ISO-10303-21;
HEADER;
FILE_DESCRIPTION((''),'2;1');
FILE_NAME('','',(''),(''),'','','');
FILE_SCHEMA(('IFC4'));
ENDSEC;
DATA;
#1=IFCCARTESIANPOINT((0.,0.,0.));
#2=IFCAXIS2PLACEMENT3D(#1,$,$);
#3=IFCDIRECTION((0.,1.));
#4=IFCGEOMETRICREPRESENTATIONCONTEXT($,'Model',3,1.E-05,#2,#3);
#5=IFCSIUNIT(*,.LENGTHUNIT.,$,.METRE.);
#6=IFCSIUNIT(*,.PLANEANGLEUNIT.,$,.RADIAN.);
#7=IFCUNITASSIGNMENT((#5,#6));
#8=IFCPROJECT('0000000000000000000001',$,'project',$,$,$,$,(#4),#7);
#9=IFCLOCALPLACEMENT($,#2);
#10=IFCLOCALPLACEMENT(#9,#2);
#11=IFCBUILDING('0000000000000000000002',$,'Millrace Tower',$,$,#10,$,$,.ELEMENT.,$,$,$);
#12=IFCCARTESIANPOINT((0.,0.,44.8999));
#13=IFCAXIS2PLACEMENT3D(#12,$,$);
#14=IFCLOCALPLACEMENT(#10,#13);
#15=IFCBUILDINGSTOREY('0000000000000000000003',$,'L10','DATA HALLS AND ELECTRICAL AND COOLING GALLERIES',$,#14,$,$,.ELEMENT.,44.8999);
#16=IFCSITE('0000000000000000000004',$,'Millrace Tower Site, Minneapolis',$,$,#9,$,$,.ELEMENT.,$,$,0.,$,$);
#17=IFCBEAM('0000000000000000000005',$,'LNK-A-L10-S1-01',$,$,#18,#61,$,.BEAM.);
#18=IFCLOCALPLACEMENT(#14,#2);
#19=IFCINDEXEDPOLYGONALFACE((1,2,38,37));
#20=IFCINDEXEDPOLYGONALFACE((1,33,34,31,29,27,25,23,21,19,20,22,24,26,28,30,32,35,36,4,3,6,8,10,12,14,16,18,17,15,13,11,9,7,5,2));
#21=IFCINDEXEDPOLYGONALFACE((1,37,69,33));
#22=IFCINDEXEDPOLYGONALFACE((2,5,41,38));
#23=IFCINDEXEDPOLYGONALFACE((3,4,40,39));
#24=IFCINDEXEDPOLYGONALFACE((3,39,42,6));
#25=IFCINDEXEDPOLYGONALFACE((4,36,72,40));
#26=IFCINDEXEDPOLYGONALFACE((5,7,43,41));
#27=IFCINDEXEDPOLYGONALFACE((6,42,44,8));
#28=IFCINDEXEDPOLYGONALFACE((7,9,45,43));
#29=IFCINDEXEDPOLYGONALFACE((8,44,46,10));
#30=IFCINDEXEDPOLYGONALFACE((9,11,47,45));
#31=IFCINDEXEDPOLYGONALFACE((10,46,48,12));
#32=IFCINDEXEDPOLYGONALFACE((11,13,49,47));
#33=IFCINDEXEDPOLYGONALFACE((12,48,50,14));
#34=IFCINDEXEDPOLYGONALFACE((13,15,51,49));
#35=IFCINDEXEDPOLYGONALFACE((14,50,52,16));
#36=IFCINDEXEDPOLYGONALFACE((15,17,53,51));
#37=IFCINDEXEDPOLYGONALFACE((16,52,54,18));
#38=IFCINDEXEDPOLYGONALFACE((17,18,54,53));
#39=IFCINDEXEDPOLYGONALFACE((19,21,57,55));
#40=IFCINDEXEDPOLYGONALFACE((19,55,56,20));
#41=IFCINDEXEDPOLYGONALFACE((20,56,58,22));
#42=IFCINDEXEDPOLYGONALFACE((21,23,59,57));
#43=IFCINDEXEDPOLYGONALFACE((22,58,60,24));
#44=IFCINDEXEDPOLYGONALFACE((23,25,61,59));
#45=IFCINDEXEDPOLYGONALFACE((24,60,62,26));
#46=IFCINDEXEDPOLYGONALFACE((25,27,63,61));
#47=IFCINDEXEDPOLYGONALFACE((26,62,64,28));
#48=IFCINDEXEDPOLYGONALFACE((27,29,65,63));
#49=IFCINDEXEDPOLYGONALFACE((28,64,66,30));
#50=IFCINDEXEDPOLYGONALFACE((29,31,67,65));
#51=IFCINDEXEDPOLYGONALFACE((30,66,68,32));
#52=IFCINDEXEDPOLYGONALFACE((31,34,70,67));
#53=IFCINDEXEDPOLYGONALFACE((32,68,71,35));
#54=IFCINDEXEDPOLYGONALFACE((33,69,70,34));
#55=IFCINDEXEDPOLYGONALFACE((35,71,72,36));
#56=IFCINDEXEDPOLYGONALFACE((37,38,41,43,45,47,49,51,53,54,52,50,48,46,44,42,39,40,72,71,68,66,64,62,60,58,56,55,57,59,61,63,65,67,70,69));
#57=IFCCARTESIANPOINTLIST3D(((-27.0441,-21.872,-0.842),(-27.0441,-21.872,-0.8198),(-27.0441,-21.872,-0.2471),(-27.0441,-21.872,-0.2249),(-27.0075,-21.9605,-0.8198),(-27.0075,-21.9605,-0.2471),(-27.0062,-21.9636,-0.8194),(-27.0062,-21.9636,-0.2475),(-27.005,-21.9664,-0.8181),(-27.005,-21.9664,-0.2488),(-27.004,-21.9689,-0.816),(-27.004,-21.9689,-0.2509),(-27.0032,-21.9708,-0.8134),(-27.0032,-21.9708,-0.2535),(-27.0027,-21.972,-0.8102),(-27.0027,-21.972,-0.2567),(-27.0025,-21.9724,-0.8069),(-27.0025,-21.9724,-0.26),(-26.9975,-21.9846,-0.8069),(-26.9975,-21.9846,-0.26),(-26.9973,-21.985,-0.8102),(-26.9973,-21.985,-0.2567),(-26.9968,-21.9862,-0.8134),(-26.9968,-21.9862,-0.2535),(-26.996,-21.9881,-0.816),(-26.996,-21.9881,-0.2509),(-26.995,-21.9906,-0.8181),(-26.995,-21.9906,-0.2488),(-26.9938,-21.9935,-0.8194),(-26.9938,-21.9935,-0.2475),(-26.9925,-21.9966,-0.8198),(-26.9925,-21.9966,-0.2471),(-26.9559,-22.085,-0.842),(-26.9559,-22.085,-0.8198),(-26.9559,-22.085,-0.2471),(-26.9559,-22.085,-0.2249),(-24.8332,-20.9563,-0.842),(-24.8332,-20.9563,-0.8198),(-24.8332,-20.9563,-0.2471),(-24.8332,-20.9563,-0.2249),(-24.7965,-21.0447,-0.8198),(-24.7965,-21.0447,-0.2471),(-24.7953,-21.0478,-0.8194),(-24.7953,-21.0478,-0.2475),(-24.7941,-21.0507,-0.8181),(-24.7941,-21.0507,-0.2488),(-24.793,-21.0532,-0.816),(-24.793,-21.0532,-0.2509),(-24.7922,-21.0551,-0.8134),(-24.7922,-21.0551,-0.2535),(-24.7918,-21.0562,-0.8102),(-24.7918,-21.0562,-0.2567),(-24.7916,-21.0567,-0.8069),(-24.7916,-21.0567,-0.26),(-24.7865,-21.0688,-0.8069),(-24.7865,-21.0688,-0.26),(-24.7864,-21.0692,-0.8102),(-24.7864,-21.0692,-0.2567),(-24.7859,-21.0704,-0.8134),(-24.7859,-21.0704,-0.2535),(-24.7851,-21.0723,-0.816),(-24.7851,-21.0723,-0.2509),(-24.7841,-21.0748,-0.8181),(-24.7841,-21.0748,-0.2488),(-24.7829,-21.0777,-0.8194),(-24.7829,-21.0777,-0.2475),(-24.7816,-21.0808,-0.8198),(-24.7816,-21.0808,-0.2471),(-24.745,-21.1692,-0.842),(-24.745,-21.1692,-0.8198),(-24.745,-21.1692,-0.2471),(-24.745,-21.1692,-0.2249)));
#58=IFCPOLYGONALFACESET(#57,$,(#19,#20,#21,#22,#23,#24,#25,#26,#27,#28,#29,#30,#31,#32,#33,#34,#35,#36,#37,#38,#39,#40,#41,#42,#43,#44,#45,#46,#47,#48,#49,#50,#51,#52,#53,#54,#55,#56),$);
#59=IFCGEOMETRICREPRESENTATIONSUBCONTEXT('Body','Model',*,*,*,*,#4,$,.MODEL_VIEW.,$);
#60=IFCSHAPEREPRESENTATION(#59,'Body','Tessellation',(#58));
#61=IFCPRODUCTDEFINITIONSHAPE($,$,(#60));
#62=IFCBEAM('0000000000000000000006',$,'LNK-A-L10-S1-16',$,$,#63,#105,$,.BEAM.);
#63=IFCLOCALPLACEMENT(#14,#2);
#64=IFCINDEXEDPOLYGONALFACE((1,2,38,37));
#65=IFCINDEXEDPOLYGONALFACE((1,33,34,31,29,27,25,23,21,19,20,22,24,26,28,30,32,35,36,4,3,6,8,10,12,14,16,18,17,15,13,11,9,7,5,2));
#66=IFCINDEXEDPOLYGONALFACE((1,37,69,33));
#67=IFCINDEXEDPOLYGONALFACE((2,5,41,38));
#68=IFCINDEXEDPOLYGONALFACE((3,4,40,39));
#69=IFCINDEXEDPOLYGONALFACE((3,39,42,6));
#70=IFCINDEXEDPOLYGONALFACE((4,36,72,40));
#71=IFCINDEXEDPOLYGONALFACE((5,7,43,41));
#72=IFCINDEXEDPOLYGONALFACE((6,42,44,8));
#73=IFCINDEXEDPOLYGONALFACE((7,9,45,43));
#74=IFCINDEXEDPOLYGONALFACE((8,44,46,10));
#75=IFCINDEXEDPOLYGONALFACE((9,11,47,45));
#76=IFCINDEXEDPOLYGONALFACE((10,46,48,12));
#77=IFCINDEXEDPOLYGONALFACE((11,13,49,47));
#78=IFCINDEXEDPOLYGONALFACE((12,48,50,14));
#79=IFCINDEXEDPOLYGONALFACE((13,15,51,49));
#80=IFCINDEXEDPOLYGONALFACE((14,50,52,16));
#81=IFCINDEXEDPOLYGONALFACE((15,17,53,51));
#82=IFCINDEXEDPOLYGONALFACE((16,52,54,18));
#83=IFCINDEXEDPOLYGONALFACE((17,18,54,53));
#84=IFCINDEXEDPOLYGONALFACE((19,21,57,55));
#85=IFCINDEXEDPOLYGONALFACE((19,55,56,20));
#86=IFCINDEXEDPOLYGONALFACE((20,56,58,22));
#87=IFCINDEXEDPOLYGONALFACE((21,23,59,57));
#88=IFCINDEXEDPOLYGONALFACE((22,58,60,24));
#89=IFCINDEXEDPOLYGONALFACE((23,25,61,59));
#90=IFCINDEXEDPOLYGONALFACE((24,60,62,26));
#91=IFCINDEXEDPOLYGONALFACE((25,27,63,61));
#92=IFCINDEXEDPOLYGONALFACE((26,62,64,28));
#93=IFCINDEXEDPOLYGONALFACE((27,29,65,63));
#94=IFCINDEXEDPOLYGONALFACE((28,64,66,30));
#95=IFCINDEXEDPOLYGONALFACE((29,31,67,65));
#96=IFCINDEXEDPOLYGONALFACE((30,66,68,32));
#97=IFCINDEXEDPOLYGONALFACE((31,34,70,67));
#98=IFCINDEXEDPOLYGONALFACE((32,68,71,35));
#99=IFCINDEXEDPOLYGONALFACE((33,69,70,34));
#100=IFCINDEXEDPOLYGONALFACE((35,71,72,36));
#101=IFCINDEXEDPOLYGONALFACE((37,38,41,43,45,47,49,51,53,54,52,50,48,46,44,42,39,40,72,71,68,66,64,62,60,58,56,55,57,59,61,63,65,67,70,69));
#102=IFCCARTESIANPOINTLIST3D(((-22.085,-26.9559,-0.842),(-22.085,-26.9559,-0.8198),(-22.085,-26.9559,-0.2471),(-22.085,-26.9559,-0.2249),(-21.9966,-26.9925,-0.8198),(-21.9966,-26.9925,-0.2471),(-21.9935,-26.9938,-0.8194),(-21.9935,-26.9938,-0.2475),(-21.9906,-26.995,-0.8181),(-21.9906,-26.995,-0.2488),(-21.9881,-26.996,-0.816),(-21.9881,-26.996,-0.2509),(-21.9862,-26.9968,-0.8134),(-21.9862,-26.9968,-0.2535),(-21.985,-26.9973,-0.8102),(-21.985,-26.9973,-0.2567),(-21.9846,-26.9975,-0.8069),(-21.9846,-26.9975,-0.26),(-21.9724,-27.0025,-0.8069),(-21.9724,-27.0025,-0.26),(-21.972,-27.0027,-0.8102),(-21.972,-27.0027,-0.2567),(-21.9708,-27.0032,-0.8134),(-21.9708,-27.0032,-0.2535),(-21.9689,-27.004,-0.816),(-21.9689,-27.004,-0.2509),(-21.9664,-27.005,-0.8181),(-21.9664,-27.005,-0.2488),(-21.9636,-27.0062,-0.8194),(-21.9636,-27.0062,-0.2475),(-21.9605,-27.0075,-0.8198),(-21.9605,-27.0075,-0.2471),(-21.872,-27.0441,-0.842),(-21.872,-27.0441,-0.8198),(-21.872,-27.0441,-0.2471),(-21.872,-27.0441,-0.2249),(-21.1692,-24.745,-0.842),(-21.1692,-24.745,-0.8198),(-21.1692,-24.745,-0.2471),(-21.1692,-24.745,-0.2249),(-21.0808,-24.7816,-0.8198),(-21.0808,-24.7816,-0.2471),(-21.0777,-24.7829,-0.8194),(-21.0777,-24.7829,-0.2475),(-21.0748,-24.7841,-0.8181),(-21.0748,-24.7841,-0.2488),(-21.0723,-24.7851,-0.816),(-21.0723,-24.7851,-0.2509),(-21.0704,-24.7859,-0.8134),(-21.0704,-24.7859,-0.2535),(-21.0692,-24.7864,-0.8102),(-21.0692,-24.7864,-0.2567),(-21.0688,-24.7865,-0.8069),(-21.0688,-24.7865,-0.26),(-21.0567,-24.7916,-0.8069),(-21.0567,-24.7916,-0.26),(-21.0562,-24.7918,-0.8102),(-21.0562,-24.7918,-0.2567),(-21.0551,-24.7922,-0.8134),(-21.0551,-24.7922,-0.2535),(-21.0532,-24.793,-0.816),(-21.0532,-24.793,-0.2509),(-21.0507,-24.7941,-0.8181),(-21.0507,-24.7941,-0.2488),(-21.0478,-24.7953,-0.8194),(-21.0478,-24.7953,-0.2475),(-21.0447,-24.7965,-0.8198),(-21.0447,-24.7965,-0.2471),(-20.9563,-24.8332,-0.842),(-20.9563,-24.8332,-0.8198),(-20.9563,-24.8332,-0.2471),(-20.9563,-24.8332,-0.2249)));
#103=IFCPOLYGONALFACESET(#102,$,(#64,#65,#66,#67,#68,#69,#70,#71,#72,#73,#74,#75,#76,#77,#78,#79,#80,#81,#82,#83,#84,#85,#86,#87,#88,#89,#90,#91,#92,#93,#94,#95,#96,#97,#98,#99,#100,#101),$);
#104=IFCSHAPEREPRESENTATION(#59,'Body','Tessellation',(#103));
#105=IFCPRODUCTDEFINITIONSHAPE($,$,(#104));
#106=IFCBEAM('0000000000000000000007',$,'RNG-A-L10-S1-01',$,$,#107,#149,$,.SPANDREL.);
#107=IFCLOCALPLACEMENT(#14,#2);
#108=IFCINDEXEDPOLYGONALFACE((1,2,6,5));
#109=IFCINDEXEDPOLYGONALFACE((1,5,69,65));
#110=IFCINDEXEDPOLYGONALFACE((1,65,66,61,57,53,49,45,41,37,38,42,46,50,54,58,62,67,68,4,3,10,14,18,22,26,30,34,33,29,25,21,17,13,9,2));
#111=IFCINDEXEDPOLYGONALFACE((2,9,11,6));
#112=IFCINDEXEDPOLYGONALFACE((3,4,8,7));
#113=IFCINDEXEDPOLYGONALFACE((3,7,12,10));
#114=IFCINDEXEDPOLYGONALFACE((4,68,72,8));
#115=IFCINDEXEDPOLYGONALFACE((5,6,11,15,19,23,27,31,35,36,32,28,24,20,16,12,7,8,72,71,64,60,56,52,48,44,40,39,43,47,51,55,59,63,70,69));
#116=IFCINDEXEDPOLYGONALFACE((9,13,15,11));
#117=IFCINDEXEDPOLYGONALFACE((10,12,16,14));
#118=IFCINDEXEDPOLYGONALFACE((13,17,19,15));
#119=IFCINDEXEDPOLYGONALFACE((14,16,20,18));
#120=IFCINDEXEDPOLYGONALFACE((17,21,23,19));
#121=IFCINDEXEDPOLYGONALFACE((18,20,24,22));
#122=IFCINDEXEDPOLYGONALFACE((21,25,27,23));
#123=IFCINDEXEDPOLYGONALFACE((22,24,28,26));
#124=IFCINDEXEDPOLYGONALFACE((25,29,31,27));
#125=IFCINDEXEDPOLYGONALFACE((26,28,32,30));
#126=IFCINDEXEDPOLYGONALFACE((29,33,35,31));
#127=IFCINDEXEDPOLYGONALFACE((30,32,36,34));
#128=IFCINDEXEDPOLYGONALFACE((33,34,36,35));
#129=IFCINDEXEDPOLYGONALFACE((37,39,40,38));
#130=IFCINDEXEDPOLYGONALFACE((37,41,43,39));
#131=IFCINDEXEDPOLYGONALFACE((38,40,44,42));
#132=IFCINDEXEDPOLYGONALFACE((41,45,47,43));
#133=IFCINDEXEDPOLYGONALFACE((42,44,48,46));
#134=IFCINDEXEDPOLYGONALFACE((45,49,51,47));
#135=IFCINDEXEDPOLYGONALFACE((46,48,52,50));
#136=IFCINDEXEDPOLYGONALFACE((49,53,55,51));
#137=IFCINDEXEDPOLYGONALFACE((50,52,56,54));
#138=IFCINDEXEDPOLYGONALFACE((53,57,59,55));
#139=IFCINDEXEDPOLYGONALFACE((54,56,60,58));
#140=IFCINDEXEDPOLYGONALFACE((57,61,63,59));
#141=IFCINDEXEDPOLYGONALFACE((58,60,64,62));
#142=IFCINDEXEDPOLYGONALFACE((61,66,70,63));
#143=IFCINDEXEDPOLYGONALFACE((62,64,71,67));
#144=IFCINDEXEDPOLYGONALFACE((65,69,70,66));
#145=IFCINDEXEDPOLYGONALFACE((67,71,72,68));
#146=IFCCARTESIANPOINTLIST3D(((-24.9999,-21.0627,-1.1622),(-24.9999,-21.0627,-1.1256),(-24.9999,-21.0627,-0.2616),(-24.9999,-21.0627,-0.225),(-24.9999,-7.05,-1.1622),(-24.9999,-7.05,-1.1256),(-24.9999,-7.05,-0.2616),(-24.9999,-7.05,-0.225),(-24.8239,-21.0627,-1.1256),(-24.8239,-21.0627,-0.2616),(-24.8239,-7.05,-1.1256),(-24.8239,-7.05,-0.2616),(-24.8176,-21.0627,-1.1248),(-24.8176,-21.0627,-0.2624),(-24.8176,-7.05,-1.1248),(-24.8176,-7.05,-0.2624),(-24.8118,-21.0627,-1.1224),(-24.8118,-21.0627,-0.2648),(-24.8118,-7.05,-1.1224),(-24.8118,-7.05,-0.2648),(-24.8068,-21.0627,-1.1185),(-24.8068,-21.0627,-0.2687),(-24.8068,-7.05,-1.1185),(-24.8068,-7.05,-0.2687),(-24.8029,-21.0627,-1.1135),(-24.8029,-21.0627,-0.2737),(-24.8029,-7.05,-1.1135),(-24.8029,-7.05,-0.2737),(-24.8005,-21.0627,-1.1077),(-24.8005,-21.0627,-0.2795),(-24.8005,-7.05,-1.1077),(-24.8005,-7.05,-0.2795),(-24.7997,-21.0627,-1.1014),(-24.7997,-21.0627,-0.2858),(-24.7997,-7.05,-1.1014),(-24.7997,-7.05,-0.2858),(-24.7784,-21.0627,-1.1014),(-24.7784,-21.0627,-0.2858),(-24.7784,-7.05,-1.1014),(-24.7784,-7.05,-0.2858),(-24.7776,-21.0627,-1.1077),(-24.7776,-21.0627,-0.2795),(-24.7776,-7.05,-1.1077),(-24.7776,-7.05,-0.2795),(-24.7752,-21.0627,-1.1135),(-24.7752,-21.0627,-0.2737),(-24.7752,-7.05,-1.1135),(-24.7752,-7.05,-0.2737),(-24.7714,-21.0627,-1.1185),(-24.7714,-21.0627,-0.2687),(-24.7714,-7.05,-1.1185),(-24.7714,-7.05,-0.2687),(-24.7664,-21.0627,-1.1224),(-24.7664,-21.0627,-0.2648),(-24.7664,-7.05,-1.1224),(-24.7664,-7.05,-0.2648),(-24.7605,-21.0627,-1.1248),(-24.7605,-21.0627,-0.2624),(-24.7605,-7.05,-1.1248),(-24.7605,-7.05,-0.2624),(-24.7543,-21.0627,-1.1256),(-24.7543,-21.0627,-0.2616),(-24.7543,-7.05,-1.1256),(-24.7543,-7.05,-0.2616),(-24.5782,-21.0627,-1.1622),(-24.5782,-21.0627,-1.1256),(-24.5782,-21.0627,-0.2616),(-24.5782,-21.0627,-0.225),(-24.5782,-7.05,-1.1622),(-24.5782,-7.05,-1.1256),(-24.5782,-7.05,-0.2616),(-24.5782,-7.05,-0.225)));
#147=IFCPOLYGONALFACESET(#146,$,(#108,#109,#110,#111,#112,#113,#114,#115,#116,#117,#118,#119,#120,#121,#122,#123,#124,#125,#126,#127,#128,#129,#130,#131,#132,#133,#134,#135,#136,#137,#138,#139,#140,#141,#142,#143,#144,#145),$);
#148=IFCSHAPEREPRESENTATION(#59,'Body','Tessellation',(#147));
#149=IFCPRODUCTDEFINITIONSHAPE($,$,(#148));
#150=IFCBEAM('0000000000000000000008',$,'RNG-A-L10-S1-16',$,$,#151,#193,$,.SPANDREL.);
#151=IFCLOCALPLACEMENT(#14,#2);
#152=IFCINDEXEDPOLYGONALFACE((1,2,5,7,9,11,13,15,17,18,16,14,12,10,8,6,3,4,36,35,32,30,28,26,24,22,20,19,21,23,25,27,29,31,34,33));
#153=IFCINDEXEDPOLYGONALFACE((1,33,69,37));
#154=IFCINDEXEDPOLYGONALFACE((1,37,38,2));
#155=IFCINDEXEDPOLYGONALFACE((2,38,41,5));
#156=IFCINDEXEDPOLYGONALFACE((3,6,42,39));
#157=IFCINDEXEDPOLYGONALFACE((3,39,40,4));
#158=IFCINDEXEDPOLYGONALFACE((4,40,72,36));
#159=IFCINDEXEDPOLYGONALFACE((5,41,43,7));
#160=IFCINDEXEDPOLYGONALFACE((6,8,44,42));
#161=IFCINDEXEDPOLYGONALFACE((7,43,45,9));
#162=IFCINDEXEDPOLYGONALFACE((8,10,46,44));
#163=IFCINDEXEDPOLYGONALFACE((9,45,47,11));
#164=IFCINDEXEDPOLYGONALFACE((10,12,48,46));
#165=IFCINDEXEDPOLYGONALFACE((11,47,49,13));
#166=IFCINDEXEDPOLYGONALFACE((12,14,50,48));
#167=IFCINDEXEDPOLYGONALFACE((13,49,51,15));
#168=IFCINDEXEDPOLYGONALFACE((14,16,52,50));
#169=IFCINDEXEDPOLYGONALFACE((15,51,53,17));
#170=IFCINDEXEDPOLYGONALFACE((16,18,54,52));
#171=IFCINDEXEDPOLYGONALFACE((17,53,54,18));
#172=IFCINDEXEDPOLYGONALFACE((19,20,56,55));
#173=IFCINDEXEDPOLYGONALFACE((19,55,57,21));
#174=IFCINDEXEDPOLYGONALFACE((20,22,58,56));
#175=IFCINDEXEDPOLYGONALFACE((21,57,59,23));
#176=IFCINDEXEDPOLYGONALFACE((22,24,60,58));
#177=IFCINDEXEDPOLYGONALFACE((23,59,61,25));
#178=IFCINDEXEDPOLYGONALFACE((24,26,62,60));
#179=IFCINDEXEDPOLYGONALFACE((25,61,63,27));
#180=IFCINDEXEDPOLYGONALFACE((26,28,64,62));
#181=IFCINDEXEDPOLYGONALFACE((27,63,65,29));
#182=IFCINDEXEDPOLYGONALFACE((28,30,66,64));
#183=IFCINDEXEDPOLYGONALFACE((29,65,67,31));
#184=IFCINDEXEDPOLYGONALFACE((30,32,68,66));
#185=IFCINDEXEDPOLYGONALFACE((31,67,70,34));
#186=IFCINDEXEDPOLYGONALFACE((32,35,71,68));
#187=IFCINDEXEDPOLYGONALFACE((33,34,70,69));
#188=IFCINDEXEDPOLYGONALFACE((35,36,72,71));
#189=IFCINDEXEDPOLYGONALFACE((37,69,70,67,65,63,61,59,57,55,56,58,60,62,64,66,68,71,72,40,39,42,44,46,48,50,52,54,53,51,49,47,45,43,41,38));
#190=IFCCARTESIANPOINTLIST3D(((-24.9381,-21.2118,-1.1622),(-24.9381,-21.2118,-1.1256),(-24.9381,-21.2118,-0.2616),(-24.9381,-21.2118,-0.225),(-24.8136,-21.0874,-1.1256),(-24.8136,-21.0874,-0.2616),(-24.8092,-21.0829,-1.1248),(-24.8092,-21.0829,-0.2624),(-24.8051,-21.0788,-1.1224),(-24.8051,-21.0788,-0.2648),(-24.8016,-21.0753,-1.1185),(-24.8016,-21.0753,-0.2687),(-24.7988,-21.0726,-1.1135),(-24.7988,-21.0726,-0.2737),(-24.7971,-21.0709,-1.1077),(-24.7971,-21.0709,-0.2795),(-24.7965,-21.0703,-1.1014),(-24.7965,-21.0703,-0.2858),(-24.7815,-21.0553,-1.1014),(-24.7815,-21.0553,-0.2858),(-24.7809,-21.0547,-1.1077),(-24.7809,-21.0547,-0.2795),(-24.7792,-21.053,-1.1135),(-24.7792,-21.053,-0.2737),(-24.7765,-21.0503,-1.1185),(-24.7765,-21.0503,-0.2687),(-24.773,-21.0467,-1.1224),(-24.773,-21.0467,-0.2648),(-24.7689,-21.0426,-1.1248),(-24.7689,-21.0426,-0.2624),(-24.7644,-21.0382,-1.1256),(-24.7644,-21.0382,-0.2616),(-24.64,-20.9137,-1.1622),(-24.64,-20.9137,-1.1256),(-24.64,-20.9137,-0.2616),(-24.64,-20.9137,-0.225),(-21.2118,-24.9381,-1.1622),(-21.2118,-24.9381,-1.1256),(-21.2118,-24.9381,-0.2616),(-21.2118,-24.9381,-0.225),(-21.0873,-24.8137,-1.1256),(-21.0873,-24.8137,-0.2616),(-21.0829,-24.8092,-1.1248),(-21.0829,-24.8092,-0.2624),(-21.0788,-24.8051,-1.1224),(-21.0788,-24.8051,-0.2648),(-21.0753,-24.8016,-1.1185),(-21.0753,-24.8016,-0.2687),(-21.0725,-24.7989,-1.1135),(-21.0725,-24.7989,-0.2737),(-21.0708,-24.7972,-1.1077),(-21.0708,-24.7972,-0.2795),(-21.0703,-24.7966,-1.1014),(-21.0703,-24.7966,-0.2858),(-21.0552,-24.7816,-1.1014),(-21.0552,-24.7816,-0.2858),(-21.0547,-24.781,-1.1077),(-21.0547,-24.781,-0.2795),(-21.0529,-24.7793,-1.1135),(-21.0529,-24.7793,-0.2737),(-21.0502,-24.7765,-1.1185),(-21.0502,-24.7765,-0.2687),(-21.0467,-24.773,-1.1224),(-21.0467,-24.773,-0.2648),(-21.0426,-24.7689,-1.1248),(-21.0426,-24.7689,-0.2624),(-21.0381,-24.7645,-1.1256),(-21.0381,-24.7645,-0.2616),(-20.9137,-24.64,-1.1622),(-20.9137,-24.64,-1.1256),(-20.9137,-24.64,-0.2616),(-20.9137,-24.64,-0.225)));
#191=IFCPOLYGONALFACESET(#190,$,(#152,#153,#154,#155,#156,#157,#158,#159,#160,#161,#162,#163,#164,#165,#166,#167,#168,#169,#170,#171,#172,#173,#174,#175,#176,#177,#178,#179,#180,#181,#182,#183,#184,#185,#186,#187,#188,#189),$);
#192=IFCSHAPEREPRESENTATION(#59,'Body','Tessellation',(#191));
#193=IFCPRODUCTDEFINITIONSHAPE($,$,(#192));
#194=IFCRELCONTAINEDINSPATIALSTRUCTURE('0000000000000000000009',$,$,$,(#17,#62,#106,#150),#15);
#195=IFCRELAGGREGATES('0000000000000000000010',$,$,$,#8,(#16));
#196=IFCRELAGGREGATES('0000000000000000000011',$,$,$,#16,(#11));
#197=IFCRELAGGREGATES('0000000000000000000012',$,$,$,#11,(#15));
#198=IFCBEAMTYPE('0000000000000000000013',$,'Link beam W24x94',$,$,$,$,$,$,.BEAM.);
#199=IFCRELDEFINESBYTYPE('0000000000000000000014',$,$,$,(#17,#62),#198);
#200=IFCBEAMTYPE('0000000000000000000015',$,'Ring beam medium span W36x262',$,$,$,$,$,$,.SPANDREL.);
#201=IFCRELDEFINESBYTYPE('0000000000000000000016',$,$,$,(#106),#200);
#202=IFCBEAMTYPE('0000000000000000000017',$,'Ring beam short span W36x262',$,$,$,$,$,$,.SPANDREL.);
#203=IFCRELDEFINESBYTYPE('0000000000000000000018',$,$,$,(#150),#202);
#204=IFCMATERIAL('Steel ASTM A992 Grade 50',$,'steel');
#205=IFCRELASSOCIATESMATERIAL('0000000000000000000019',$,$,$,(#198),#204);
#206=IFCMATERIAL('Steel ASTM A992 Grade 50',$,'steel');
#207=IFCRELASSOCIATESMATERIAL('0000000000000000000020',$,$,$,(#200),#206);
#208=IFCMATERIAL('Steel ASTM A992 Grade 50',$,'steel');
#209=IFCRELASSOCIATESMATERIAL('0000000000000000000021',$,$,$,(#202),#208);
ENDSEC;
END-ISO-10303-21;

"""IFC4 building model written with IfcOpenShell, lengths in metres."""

from ifc_helpers import new_model, si_unit, direction, frame, origin, origin_2d, place, context, subcontext, project, spatial, i_section, extrude, material, material_profile, profile_set, type_object, element, save


model = new_model("IFC4")

# Units and contexts
model_context = context("Model", 3, precision=1e-05, world=origin(), true_north=direction((0.0, 1.0)))
body_context = subcontext(model_context, "Body", "Model", "MODEL_VIEW")
ifc_project = project(units=[si_unit("LENGTHUNIT", "METRE"), si_unit("PLANEANGLEUNIT", "RADIAN")], contexts=[model_context])

# Site, building, storey
site_placement = place(None, origin())
site = spatial("IfcSite", under=ifc_project, at=site_placement, Name="Millrace Tower Site, Minneapolis", CompositionType="ELEMENT", RefElevation=0.0)
building_placement = place(site_placement, origin())
building = spatial("IfcBuilding", under=site, at=building_placement, Name="Millrace Tower", CompositionType="ELEMENT")
storey_placement = place(building_placement, frame((0.0, 0.0, 44.8999)))
storey = spatial("IfcBuildingStorey", under=building, at=storey_placement, Name="L10", Description="DATA HALLS AND ELECTRICAL AND COOLING GALLERIES", CompositionType="ELEMENT", Elevation=44.8999)

# Beams
ifc_material_1 = material(Name="Steel ASTM A992 Grade 50", Category="steel")
ifc_material_profile_1 = material_profile(ifc_material_1, i_section(OverallWidth=0.2305, OverallDepth=0.6172, WebThickness=0.0132, FlangeThickness=0.0222, FilletRadius=0.0129, at=origin_2d()))
ifc_profile_set_1 = profile_set([ifc_material_profile_1], Name="Steel ASTM A992 Grade 50")
beam_type_1 = type_object("IfcBeamType", Name="Link beam W24x94", PredefinedType="BEAM", material=ifc_profile_set_1)
for number, where, z_axis, x_axis, name in (
    (1, (-24.7891, -21.0627, -0.5334), (-0.923884, -0.382673, 0.0), (0.382673, -0.923884, 0.0), "LNK-A-L10-S1-01"),
    (2, (-21.0627, -24.7891, -0.5334), (-0.382673, -0.923884, 0.0), (0.923884, -0.382673, 0.0), "LNK-A-L10-S1-16"),
):
    element("IfcBeam", number, at=place(storey_placement, frame(where, z_axis=z_axis, x_axis=x_axis)), inside=storey, type_object=beam_type_1, Name=name, PredefinedType="BEAM", context=body_context, shape_type="SweptSolid", body=[
        extrude(i_section(OverallWidth=0.2305, OverallDepth=0.6172, WebThickness=0.0132, FlangeThickness=0.0222, FilletRadius=0.0129, at=origin_2d()), origin(), (0.0, 0.0, 1.0), 2.3931),
    ])
ifc_material_2 = material(Name="Steel ASTM A992 Grade 50", Category="steel")
ifc_material_profile_2 = material_profile(ifc_material_2, i_section(OverallWidth=0.4216, OverallDepth=0.9373, WebThickness=0.0212, FlangeThickness=0.0366, FilletRadius=0.0242, at=origin_2d()))
ifc_profile_set_2 = profile_set([ifc_material_profile_2], Name="Steel ASTM A992 Grade 50")
beam_type_2 = type_object("IfcBeamType", Name="Ring beam medium span W36x262", PredefinedType="SPANDREL", material=ifc_profile_set_2)
beam_1_placement = place(storey_placement, frame((-24.7891, -21.0627, -0.6936), z_axis=(0.0, 1.0, 0.0), x_axis=(-1.0, 0.0, 0.0)))
element("IfcBeam", 3, at=beam_1_placement, inside=storey, type_object=beam_type_2, Name="RNG-A-L10-S1-01", PredefinedType="SPANDREL", context=body_context, shape_type="SweptSolid", body=[
    extrude(i_section(OverallWidth=0.4216, OverallDepth=0.9373, WebThickness=0.0212, FlangeThickness=0.0366, FilletRadius=0.0242, at=origin_2d()), origin(), (0.0, 0.0, 1.0), 14.0127),
])
ifc_material_3 = material(Name="Steel ASTM A992 Grade 50", Category="steel")
ifc_material_profile_3 = material_profile(ifc_material_3, i_section(OverallWidth=0.4216, OverallDepth=0.9373, WebThickness=0.0212, FlangeThickness=0.0366, FilletRadius=0.0242, at=origin_2d()))
ifc_profile_set_3 = profile_set([ifc_material_profile_3], Name="Steel ASTM A992 Grade 50")
beam_type_3 = type_object("IfcBeamType", Name="Ring beam short span W36x262", PredefinedType="SPANDREL", material=ifc_profile_set_3)
beam_2_placement = place(storey_placement, frame((-21.0627, -24.7891, -0.6936), z_axis=(-0.707107, 0.707107, 0.0), x_axis=(-0.707107, -0.707107, 0.0)))
element("IfcBeam", 4, at=beam_2_placement, inside=storey, type_object=beam_type_3, Name="RNG-A-L10-S1-16", PredefinedType="SPANDREL", context=body_context, shape_type="SweptSolid", body=[
    extrude(i_section(OverallWidth=0.4216, OverallDepth=0.9373, WebThickness=0.0212, FlangeThickness=0.0366, FilletRadius=0.0242, at=origin_2d()), origin(), (0.0, 0.0, 1.0), 5.2698),
])

save(model, "model.ifc")
